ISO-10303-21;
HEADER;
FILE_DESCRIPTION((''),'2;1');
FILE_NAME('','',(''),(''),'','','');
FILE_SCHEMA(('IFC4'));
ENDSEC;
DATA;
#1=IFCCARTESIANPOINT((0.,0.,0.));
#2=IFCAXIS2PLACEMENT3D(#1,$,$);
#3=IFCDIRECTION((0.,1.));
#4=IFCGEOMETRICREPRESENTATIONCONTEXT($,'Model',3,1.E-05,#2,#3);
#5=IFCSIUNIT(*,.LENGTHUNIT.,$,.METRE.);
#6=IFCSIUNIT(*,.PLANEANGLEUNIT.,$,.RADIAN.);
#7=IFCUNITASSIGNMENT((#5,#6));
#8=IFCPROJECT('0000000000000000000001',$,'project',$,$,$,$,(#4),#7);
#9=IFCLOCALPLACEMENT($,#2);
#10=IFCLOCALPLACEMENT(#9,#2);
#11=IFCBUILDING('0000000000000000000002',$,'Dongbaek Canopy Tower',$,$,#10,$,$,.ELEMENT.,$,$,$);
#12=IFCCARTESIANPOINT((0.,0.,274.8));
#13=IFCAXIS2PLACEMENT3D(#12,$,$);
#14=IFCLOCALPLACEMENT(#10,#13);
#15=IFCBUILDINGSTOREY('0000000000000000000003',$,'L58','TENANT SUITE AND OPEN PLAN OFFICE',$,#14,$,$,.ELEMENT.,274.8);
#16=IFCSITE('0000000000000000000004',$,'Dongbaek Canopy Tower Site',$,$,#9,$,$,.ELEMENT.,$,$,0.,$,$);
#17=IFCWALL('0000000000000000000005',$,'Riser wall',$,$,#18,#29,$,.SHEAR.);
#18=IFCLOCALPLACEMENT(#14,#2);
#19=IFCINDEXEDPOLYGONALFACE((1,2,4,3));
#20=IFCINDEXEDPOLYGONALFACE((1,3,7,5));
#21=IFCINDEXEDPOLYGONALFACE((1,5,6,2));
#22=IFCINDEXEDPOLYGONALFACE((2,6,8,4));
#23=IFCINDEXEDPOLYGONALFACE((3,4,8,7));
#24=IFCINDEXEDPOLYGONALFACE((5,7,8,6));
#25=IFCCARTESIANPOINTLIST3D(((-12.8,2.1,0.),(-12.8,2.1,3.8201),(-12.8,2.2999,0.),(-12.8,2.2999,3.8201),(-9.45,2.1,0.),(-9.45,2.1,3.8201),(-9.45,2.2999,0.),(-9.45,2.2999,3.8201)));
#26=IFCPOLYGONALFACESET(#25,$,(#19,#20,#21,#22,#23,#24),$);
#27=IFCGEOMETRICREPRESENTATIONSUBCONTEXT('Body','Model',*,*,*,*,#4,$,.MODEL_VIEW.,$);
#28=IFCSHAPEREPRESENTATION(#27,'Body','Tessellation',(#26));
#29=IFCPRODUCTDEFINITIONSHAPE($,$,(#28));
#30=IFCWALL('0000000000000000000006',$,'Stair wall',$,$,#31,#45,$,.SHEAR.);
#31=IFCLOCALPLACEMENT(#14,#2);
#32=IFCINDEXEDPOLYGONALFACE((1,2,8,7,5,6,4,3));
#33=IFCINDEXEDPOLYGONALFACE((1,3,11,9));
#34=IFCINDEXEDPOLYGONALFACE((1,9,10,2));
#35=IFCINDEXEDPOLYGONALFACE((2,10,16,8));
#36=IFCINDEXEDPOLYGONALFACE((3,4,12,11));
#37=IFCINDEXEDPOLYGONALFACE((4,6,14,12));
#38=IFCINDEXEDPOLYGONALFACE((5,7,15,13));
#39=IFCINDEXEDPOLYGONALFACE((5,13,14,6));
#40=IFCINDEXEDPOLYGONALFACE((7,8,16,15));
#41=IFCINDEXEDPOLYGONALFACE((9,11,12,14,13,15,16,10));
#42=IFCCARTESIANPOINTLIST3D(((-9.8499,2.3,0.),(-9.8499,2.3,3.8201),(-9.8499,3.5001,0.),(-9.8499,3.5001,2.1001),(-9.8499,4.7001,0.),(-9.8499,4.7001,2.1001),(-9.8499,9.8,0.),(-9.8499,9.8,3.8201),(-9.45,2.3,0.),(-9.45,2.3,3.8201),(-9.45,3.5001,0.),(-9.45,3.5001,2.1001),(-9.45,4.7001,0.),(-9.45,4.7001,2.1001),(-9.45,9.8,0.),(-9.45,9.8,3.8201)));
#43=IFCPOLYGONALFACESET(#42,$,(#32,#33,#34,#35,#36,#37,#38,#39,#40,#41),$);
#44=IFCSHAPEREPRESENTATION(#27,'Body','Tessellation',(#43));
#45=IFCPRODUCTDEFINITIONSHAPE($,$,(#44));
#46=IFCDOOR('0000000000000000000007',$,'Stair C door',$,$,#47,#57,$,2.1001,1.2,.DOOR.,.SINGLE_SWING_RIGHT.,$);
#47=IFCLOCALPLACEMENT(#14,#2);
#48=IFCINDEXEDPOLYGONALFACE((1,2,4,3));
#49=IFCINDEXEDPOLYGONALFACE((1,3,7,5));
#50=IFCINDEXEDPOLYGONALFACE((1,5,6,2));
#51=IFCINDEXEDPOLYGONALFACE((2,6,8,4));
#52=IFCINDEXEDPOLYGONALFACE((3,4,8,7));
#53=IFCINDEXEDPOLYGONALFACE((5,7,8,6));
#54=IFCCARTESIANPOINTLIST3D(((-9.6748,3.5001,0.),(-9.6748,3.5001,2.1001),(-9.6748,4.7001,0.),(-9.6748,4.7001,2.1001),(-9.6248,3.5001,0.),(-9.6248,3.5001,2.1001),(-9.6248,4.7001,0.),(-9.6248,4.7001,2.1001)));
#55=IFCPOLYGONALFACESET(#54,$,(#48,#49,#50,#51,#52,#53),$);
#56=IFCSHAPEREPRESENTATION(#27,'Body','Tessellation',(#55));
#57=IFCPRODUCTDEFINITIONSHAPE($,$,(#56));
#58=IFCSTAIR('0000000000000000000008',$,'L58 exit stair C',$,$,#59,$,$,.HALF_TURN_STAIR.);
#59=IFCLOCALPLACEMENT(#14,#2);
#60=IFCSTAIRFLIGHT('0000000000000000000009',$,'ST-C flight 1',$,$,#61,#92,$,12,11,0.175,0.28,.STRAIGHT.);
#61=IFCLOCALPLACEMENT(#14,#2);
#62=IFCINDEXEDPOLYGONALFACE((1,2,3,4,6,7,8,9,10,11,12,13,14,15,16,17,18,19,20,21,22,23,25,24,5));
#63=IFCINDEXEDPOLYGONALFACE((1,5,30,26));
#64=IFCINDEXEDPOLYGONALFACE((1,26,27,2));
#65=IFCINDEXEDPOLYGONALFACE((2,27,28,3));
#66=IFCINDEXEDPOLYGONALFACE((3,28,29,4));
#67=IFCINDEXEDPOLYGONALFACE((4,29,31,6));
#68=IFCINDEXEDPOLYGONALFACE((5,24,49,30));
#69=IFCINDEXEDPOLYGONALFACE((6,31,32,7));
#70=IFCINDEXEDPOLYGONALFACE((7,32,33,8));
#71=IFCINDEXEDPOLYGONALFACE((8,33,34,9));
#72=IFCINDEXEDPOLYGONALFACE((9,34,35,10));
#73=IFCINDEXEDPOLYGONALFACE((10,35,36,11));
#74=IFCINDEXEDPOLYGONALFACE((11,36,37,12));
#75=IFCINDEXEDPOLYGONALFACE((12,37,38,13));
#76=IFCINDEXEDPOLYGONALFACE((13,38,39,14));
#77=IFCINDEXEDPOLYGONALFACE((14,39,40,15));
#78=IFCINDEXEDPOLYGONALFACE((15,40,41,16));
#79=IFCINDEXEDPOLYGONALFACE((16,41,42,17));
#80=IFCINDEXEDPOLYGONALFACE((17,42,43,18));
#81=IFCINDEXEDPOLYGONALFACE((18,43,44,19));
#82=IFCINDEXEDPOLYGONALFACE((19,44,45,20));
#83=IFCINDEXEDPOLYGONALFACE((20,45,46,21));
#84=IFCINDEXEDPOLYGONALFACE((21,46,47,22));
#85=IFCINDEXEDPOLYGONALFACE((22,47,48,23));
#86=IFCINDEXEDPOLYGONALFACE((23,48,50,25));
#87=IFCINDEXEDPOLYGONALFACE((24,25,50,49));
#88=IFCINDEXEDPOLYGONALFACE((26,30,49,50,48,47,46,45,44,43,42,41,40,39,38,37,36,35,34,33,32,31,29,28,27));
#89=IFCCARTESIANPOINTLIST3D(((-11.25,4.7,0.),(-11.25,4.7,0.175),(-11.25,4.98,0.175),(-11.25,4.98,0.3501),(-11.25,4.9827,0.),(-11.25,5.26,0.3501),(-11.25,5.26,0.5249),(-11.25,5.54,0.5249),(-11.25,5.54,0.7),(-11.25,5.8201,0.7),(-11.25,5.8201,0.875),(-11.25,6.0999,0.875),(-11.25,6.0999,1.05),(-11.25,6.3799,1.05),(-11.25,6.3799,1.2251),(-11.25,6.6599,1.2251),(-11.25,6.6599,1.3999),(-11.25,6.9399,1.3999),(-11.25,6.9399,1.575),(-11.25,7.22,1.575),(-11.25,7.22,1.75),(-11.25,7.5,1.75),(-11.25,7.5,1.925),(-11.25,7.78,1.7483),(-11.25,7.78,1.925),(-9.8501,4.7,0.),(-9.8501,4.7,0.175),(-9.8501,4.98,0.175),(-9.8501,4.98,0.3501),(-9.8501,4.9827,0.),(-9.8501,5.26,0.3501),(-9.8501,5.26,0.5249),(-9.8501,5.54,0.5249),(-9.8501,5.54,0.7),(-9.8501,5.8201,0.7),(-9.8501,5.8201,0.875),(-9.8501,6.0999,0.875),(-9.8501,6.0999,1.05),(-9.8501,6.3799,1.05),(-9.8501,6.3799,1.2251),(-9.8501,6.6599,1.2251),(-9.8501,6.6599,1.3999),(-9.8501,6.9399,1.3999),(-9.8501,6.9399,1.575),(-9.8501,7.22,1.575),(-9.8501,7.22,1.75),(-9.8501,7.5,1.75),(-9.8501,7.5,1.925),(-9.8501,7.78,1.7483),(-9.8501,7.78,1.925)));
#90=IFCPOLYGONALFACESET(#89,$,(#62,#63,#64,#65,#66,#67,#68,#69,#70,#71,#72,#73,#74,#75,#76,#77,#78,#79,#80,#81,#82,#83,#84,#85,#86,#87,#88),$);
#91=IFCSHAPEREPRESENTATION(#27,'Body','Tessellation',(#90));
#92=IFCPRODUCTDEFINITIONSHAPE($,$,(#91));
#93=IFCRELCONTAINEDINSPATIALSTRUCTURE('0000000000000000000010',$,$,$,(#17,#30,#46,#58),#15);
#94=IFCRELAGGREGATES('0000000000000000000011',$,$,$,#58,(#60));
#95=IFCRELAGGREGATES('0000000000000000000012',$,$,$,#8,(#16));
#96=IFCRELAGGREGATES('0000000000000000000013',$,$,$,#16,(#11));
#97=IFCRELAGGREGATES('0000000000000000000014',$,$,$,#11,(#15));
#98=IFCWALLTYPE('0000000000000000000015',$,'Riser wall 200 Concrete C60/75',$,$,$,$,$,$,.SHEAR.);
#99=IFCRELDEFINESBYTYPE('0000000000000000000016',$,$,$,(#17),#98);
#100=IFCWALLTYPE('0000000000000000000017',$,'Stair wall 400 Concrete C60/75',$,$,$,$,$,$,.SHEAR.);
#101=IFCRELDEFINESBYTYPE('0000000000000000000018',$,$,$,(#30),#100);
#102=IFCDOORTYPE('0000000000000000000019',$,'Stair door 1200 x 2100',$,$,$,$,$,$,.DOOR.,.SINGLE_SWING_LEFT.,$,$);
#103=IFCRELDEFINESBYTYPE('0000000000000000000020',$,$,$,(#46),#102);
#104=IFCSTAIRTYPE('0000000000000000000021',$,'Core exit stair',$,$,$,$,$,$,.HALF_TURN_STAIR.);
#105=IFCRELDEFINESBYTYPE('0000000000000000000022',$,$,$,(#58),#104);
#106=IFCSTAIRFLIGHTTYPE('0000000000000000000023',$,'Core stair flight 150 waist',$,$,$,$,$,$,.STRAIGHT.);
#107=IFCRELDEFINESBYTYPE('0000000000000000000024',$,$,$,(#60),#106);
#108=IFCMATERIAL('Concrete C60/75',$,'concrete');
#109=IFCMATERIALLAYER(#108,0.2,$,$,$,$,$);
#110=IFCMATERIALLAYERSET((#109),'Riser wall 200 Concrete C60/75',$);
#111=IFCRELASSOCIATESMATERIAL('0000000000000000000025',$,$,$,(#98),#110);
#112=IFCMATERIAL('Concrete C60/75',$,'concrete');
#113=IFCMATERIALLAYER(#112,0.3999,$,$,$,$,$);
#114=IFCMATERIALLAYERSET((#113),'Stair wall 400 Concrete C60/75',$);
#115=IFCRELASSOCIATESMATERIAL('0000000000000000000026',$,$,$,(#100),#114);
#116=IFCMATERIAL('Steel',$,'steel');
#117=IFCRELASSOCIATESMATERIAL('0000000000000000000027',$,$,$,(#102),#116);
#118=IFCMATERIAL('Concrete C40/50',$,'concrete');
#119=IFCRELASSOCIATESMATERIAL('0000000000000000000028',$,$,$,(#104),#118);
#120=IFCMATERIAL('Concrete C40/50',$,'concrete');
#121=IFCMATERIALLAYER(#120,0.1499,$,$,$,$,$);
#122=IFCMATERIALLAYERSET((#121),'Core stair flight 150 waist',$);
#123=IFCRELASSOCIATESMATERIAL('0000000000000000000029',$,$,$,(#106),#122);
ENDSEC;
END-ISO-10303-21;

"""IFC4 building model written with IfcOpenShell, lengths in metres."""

from ifc_helpers import new_model, si_unit, direction, frame, frame_2d, origin, place, context, subcontext, project, spatial, polyline, rectangle, outline, extrude, material, layer, layer_set, type_object, element, fill, aggregate, save


model = new_model("IFC4")

# Units and contexts
model_context = context("Model", 3, precision=1e-05, world=origin(), true_north=direction((0.0, 1.0)))
body_context = subcontext(model_context, "Body", "Model", "MODEL_VIEW")
ifc_project = project(units=[si_unit("LENGTHUNIT", "METRE"), si_unit("PLANEANGLEUNIT", "RADIAN")], contexts=[model_context])

# Site, building, storey
site_placement = place(None, origin())
site = spatial("IfcSite", under=ifc_project, at=site_placement, Name="Dongbaek Canopy Tower Site", CompositionType="ELEMENT", RefElevation=0.0)
building_placement = place(site_placement, origin())
building = spatial("IfcBuilding", under=site, at=building_placement, Name="Dongbaek Canopy Tower", CompositionType="ELEMENT")
storey_placement = place(building_placement, frame((0.0, 0.0, 274.8)))
storey = spatial("IfcBuildingStorey", under=building, at=storey_placement, Name="L58", Description="TENANT SUITE AND OPEN PLAN OFFICE", CompositionType="ELEMENT", Elevation=274.8)

# Wall
ifc_material_1 = material(Name="Concrete C60/75", Category="concrete")
ifc_layer_1 = layer(ifc_material_1, 0.2)
ifc_layer_set_1 = layer_set([ifc_layer_1], Name="Riser wall 200 Concrete C60/75")
wall_type_1 = type_object("IfcWallType", Name="Riser wall 200 Concrete C60/75", PredefinedType="SHEAR", material=ifc_layer_set_1)
wall_1_placement = place(storey_placement, frame((-9.45, 2.2, 0.0), z_axis=(0.0, 0.0, 1.0), x_axis=(-1.0, 0.0, 0.0)))
element("IfcWall", 1, at=wall_1_placement, inside=storey, type_object=wall_type_1, Name="Riser wall", PredefinedType="SHEAR", context=body_context, shape_type="SweptSolid", body=[
    extrude(rectangle(XDim=3.3501, YDim=0.2, at=frame_2d((1.675, 0.0))), origin(), (0.0, 0.0, 1.0), 3.8201),
])

# Wall, opening, door
ifc_material_2 = material(Name="Concrete C60/75", Category="concrete")
ifc_layer_2 = layer(ifc_material_2, 0.3999)
ifc_layer_set_2 = layer_set([ifc_layer_2], Name="Stair wall 400 Concrete C60/75")
wall_type_2 = type_object("IfcWallType", Name="Stair wall 400 Concrete C60/75", PredefinedType="SHEAR", material=ifc_layer_set_2)
wall_2_placement = place(storey_placement, frame((-9.6499, 2.3, 0.0), z_axis=(0.0, 0.0, 1.0), x_axis=(0.0, 1.0, 0.0)))
wall_2 = element("IfcWall", 2, at=wall_2_placement, inside=storey, type_object=wall_type_2, Name="Stair wall", PredefinedType="SHEAR", context=body_context, shape_type="SweptSolid", body=[
    extrude(rectangle(XDim=7.5, YDim=0.3999, at=frame_2d((3.75, 0.0))), origin(), (0.0, 0.0, 1.0), 3.8201),
])
opening_1_placement = place(wall_2_placement, frame((1.2, 0.0, 0.0)))
opening_1 = element("IfcOpeningElement", 3, at=opening_1_placement, cuts=wall_2, PredefinedType="OPENING", context=body_context, shape_type="SweptSolid", body=[
    extrude(rectangle(XDim=1.2, YDim=2.1001, at=frame_2d((0.6001, 1.05))), frame((0.0, 0.21, 0.0), z_axis=(0.0, -1.0, 0.0), x_axis=(1.0, 0.0, 0.0)), (0.0, 0.0, 1.0), 0.4199),
])
ifc_material_3 = material(Name="Steel", Category="steel")
door_type_1 = type_object("IfcDoorType", Name="Stair door 1200 x 2100", OperationType="SINGLE_SWING_LEFT", PredefinedType="DOOR", material=ifc_material_3)
door_1_placement = place(opening_1_placement, origin())
door_1 = element("IfcDoor", 4, at=door_1_placement, inside=storey, type_object=door_type_1, Name="Stair C door", OperationType="SINGLE_SWING_RIGHT", OverallHeight=2.1001, OverallWidth=1.2, PredefinedType="DOOR", context=body_context, shape_type="SweptSolid", body=[
    extrude(rectangle(XDim=1.2, YDim=2.1001, at=frame_2d((0.6001, 1.05))), frame((0.0, 0.0249, 0.0), z_axis=(0.0, -1.0, 0.0), x_axis=(1.0, 0.0, 0.0)), (0.0, 0.0, 1.0), 0.05),
])
fill(opening_1, door_1)

# Stair, stair flight
ifc_material_4 = material(Name="Concrete C40/50", Category="concrete")
stair_type = type_object("IfcStairType", Name="Core exit stair", PredefinedType="HALF_TURN_STAIR", material=ifc_material_4)
stair_placement = place(storey_placement, origin())
stair = element("IfcStair", 5, at=stair_placement, inside=storey, type_object=stair_type, Name="L58 exit stair C", PredefinedType="HALF_TURN_STAIR")
ifc_material_5 = material(Name="Concrete C40/50", Category="concrete")
ifc_layer_3 = layer(ifc_material_5, 0.1499)
ifc_layer_set_3 = layer_set([ifc_layer_3], Name="Core stair flight 150 waist")
stair_flight_type = type_object("IfcStairFlightType", Name="Core stair flight 150 waist", PredefinedType="STRAIGHT", material=ifc_layer_set_3)
stair_flight_placement = place(storey_placement, frame((-10.55, 4.7, 0.0), z_axis=(0.0, 0.0, 1.0), x_axis=(0.0, 1.0, 0.0)))
stair_flight = element("IfcStairFlight", 6, at=stair_flight_placement, type_object=stair_flight_type, Name="ST-C flight 1", NumberOfRisers=12, NumberOfTreads=11, PredefinedType="STRAIGHT", RiserHeight=0.175, TreadLength=0.28, context=body_context, shape_type="SweptSolid", body=[
    extrude(outline(polyline([(0.0, 0.0), (0.0, 0.175), (0.28, 0.175), (0.28, 0.3501), (0.5601, 0.3501), (0.5601, 0.5249), (0.8401, 0.5249), (0.8401, 0.7), (1.1201, 0.7), (1.1201, 0.875), (1.3999, 0.875), (1.3999, 1.05), (1.6799, 1.05), (1.6799, 1.2251), (1.96, 1.2251), (1.96, 1.3999), (2.24, 1.3999), (2.24, 1.575), (2.52, 1.575), (2.52, 1.75), (2.8, 1.75), (2.8, 1.925), (3.0801, 1.925), (3.0801, 2.1001), (3.0801, 1.7483), (0.2827, 0.0), (0.0, 0.0)])), frame((0.0, 0.7, 0.0), z_axis=(0.0, -1.0, 0.0), x_axis=(1.0, 0.0, 0.0)), (0.0, 0.0, 1.0), 1.3999),
])
aggregate(stair, [stair_flight])

save(model, "model.ifc")
